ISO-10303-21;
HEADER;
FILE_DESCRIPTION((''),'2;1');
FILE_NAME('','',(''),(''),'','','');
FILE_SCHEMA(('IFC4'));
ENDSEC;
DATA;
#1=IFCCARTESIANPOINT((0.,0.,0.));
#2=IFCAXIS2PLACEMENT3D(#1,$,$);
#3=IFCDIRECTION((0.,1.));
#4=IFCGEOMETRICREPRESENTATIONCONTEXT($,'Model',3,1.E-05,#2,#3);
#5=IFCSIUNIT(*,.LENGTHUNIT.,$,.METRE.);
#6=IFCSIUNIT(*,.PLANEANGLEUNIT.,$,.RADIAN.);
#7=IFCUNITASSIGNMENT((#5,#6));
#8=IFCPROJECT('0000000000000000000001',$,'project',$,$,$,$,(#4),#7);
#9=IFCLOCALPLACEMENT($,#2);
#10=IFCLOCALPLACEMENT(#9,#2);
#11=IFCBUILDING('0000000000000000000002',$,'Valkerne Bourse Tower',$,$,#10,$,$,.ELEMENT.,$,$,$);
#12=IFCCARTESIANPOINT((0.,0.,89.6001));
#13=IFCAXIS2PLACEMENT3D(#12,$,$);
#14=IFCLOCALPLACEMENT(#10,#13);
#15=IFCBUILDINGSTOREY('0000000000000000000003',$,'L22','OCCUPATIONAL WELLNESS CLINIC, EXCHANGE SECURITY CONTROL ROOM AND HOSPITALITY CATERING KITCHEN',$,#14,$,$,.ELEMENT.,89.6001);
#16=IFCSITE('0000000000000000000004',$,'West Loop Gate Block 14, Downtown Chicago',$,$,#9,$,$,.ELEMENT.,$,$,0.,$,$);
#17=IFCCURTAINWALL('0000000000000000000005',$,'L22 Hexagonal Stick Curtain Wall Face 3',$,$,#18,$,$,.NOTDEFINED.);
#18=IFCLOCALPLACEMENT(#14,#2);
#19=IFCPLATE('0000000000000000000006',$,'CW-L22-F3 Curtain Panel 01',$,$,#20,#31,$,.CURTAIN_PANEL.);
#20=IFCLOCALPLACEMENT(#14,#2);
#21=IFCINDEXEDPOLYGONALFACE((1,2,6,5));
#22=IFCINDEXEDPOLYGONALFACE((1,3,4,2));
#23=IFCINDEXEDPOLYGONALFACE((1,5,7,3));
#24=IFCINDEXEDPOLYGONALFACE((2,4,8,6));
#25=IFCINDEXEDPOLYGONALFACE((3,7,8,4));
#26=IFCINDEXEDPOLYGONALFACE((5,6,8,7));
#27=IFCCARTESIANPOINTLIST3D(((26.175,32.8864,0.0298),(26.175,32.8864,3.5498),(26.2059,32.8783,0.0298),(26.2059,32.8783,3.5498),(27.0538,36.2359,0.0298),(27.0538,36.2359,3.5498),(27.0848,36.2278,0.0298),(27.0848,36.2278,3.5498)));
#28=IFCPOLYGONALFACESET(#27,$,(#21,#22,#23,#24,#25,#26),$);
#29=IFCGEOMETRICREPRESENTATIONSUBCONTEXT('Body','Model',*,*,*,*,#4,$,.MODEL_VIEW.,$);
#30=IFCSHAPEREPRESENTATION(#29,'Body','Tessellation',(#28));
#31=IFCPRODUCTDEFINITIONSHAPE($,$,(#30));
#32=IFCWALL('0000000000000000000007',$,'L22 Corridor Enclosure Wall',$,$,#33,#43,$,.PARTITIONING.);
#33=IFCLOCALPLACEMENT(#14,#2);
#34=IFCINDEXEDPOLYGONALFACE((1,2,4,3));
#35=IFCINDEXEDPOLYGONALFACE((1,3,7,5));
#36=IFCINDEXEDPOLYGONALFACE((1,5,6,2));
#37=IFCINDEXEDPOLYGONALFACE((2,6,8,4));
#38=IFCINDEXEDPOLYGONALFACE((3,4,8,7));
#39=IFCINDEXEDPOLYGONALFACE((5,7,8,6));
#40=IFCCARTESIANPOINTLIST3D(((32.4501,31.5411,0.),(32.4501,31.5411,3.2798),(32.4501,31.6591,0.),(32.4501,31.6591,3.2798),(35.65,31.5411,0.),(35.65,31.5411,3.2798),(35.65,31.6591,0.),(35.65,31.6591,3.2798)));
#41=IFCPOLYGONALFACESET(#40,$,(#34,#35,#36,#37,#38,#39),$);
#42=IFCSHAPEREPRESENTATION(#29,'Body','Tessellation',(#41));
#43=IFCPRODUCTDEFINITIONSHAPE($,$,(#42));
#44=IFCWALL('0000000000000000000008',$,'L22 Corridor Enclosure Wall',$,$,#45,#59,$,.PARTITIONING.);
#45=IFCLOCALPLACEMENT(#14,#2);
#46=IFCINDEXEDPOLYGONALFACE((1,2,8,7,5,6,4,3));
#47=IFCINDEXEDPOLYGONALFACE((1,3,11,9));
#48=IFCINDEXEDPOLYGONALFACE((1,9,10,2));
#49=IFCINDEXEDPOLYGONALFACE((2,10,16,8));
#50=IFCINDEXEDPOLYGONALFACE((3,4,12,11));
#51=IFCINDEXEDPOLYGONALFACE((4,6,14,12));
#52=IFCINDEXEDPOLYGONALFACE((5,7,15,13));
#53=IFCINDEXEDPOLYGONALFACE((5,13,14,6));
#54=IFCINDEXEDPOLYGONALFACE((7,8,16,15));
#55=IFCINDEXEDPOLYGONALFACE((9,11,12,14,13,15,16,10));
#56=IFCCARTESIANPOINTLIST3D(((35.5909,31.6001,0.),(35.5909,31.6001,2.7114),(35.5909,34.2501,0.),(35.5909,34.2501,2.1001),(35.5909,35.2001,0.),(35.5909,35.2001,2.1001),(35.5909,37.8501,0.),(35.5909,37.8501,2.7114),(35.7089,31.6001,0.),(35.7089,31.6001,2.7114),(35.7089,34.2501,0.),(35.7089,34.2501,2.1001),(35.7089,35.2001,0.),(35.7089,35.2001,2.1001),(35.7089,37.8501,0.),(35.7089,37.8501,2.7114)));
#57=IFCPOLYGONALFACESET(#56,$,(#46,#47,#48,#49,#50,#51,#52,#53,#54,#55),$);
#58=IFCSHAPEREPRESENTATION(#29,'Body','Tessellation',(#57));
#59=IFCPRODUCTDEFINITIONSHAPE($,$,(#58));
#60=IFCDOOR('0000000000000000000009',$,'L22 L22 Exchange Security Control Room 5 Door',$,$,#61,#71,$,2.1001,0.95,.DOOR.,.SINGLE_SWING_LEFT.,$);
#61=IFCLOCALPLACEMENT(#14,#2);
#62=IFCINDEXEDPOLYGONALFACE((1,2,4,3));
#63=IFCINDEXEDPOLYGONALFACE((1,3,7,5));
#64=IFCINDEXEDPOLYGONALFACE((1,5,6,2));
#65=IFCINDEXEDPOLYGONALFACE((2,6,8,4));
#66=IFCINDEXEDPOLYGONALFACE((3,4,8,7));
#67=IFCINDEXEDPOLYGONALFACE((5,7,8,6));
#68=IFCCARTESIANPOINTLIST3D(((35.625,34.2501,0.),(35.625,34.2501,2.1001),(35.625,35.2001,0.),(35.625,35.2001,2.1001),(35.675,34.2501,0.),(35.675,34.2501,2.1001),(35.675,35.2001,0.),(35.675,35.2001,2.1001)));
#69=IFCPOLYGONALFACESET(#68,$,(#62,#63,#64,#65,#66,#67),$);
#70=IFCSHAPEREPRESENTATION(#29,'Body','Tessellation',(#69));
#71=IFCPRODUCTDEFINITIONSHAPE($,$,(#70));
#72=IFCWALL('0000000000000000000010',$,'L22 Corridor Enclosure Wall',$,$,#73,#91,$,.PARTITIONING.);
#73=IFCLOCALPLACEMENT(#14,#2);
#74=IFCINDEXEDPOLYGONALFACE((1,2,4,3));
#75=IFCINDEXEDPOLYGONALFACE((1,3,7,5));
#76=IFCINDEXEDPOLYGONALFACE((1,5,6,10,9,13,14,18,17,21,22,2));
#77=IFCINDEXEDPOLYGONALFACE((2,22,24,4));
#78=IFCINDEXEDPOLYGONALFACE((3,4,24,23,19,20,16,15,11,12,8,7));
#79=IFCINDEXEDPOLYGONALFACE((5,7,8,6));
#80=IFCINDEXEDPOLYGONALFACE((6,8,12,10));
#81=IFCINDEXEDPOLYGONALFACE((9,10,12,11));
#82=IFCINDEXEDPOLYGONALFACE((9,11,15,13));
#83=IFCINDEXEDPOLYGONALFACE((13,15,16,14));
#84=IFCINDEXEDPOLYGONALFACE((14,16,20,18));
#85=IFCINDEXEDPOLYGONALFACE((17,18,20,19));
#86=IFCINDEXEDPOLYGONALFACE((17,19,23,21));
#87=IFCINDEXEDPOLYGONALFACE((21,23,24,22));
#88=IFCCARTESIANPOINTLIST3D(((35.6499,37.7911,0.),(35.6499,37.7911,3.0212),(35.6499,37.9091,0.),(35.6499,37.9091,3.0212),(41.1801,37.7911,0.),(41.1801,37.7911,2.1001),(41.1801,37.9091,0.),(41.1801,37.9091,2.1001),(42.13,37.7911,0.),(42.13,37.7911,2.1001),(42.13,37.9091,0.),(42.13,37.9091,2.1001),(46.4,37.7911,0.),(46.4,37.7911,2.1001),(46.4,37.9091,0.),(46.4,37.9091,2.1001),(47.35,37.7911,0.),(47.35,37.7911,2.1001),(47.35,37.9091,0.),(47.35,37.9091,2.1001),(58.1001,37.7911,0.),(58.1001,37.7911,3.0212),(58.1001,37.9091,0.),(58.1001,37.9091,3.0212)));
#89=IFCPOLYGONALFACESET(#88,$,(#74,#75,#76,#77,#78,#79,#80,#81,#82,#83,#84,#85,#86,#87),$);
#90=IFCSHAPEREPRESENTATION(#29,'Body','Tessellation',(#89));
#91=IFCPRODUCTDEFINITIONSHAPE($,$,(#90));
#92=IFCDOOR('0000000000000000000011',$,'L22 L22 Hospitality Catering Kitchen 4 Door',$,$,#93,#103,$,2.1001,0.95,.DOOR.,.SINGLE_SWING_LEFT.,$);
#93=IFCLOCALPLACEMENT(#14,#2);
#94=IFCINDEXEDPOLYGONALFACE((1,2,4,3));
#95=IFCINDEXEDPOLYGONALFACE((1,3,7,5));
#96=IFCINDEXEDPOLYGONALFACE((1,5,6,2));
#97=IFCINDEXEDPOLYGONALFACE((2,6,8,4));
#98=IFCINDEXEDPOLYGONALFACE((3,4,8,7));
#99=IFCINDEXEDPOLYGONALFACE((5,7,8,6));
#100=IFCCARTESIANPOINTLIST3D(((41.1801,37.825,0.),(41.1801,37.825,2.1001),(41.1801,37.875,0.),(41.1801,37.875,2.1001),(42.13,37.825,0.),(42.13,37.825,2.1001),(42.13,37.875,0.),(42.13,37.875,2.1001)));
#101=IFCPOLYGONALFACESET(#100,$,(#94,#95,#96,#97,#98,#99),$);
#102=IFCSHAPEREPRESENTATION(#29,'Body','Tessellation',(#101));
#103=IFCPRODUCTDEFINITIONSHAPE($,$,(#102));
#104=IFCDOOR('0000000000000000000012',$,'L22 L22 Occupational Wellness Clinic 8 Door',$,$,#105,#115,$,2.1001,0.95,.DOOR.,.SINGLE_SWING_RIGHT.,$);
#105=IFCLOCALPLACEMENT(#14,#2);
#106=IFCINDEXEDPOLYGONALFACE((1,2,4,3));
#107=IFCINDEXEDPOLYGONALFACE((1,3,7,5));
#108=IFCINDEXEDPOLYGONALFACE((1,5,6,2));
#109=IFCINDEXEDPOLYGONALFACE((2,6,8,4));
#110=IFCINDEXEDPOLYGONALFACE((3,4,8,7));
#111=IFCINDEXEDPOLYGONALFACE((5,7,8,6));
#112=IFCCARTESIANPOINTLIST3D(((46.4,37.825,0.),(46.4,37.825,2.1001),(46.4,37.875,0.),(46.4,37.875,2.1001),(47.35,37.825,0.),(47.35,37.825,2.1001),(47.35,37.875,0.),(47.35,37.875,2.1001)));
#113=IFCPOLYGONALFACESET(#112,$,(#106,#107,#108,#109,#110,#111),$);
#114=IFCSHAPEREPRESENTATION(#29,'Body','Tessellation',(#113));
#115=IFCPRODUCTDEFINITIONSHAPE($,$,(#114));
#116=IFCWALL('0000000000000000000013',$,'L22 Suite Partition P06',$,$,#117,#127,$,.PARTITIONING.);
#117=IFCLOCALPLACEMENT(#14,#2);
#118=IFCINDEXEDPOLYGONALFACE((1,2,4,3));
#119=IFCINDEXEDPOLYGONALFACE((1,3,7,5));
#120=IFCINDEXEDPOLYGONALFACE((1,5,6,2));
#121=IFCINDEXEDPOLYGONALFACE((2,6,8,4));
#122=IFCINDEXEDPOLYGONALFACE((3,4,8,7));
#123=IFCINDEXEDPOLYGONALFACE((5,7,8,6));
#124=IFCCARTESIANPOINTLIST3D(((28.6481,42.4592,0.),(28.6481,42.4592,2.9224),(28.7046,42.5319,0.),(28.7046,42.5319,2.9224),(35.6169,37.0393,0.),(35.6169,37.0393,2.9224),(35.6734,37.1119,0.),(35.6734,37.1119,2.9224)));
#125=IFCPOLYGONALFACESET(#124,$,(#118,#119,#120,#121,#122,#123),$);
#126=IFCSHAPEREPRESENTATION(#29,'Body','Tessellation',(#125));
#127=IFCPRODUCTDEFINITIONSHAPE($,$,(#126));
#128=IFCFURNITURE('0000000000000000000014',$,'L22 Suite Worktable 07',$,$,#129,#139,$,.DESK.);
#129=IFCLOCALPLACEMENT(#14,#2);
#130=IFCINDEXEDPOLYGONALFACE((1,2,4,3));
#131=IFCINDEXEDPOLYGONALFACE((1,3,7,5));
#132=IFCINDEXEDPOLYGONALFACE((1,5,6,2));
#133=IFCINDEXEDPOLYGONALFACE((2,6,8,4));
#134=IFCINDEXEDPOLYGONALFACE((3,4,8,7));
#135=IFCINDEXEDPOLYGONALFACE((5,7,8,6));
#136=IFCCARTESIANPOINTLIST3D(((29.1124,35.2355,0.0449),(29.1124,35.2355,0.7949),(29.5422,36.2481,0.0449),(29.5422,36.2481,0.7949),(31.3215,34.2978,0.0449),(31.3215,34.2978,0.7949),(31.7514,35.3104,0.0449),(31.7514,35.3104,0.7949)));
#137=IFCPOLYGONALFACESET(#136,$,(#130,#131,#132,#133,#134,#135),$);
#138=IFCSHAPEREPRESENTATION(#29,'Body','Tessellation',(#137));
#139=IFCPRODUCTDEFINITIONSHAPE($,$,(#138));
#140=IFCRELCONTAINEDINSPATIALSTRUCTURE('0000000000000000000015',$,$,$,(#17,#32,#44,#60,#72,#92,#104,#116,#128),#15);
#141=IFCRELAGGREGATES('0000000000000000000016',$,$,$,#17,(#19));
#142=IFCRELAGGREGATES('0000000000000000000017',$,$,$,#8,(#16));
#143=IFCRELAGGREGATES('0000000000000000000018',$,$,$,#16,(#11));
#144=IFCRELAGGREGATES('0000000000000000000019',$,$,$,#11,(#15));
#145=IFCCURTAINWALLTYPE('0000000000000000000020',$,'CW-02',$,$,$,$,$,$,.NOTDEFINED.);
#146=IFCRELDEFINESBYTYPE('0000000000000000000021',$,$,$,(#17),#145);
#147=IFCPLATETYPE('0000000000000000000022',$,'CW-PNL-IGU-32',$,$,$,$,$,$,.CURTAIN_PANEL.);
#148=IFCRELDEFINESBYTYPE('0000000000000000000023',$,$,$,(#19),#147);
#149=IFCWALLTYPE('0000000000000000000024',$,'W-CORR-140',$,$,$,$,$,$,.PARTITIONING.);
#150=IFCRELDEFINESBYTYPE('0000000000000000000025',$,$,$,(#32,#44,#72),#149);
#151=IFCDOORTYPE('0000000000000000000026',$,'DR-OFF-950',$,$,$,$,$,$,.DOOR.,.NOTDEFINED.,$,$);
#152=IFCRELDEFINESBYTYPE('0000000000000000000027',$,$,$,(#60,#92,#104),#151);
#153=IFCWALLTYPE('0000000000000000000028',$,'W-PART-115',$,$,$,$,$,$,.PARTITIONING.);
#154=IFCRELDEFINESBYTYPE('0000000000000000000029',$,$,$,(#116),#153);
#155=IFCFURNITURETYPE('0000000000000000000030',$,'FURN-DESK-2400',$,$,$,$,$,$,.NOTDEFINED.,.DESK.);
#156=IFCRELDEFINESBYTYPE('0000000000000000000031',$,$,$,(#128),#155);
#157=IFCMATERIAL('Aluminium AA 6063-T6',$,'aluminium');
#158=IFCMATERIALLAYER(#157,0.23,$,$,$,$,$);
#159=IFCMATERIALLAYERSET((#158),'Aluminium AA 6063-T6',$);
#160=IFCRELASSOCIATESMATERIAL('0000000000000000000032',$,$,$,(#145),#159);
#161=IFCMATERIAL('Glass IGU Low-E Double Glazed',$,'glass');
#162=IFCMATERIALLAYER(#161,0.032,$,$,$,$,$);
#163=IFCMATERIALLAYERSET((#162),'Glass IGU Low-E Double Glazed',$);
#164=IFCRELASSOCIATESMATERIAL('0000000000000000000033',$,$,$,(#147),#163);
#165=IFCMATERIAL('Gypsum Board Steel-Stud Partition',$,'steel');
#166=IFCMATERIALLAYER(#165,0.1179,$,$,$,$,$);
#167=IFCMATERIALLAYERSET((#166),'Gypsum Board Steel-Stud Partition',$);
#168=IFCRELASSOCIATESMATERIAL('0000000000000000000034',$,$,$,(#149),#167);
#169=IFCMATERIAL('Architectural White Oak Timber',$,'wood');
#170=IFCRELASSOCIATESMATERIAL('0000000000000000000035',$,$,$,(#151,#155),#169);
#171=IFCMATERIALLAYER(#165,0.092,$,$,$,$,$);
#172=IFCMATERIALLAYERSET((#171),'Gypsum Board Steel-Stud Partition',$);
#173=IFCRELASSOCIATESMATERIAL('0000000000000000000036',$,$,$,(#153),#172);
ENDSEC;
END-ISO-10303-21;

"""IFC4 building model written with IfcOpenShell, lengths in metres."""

from ifc_helpers import new_model, si_unit, direction, frame, frame_2d, origin, origin_2d, place, context, subcontext, project, spatial, rectangle, extrude, material, layer, layer_set, type_object, element, fill, aggregate, save


model = new_model("IFC4")

# Units and contexts
model_context = context("Model", 3, precision=1e-05, world=origin(), true_north=direction((0.0, 1.0)))
body_context = subcontext(model_context, "Body", "Model", "MODEL_VIEW")
ifc_project = project(units=[si_unit("LENGTHUNIT", "METRE"), si_unit("PLANEANGLEUNIT", "RADIAN")], contexts=[model_context])

# Site, building, storey
site_placement = place(None, origin())
site = spatial("IfcSite", under=ifc_project, at=site_placement, Name="West Loop Gate Block 14, Downtown Chicago", CompositionType="ELEMENT", RefElevation=0.0)
building_placement = place(site_placement, origin())
building = spatial("IfcBuilding", under=site, at=building_placement, Name="Valkerne Bourse Tower", CompositionType="ELEMENT")
storey_placement = place(building_placement, frame((0.0, 0.0, 89.6001)))
storey = spatial("IfcBuildingStorey", under=building, at=storey_placement, Name="L22", Description="OCCUPATIONAL WELLNESS CLINIC, EXCHANGE SECURITY CONTROL ROOM AND HOSPITALITY CATERING KITCHEN", CompositionType="ELEMENT", Elevation=89.6001)

# Curtain wall
ifc_material_1 = material(Name="Aluminium AA 6063-T6", Category="aluminium")
ifc_layer_1 = layer(ifc_material_1, 0.23)
ifc_layer_set_1 = layer_set([ifc_layer_1], Name="Aluminium AA 6063-T6")
curtain_wall_type = type_object("IfcCurtainWallType", Name="CW-02", PredefinedType="NOTDEFINED", material=ifc_layer_set_1)
curtain_wall_placement = place(storey_placement, origin())
curtain_wall = element("IfcCurtainWall", 1, at=curtain_wall_placement, inside=storey, type_object=curtain_wall_type, Name="L22 Hexagonal Stick Curtain Wall Face 3", PredefinedType="NOTDEFINED")

# Plate
ifc_material_2 = material(Name="Glass IGU Low-E Double Glazed", Category="glass")
ifc_layer_2 = layer(ifc_material_2, 0.032)
ifc_layer_set_2 = layer_set([ifc_layer_2], Name="Glass IGU Low-E Double Glazed")
plate_type = type_object("IfcPlateType", Name="CW-PNL-IGU-32", PredefinedType="CURTAIN_PANEL", material=ifc_layer_set_2)
plate_1_placement = place(storey_placement, frame((26.6299, 34.5571, 0.0298), z_axis=(0.0, 0.0, 1.0), x_axis=(-0.253777, -0.967263, 0.0)))
plate_1 = element("IfcPlate", 2, at=plate_1_placement, type_object=plate_type, Name="CW-L22-F3 Curtain Panel 01", PredefinedType="CURTAIN_PANEL", context=body_context, shape_type="SweptSolid", body=[
    extrude(rectangle(XDim=3.4629, YDim=0.032, at=origin_2d()), origin(), (0.0, 0.0, 1.0), 3.52),
])
aggregate(curtain_wall, [plate_1])

# Wall
ifc_material_3 = material(Name="Gypsum Board Steel-Stud Partition", Category="steel")
ifc_layer_3 = layer(ifc_material_3, 0.1179)
ifc_layer_set_3 = layer_set([ifc_layer_3], Name="Gypsum Board Steel-Stud Partition")
wall_type_1 = type_object("IfcWallType", Name="W-CORR-140", PredefinedType="PARTITIONING", material=ifc_layer_set_3)
wall_1_placement = place(storey_placement, frame((32.45, 31.6001, 0.0), z_axis=(0.0, 0.0, 1.0), x_axis=(1.0, 0.0, 0.0)))
element("IfcWall", 3, at=wall_1_placement, inside=storey, type_object=wall_type_1, Name="L22 Corridor Enclosure Wall", PredefinedType="PARTITIONING", context=body_context, shape_type="SweptSolid", body=[
    extrude(rectangle(XDim=3.2, YDim=0.1179, at=frame_2d((1.6001, 0.0))), origin(), (0.0, 0.0, 1.0), 3.2798),
])

# Wall, opening, door
wall_2_placement = place(storey_placement, frame((35.6499, 31.6001, 0.0), z_axis=(0.0, 0.0, 1.0), x_axis=(0.0, 1.0, 0.0)))
wall_2 = element("IfcWall", 4, at=wall_2_placement, inside=storey, type_object=wall_type_1, Name="L22 Corridor Enclosure Wall", PredefinedType="PARTITIONING", context=body_context, shape_type="SweptSolid", body=[
    extrude(rectangle(XDim=6.25, YDim=0.1179, at=frame_2d((3.125, 0.0))), origin(), (0.0, 0.0, 1.0), 2.7114),
])
opening_1_placement = place(wall_2_placement, frame((2.6499, 0.0, 0.0)))
opening_1 = element("IfcOpeningElement", 5, at=opening_1_placement, cuts=wall_2, PredefinedType="OPENING", context=body_context, shape_type="SweptSolid", body=[
    extrude(rectangle(XDim=0.95, YDim=2.1001, at=frame_2d((0.4751, 1.05))), frame((0.0, 0.0688, 0.0), z_axis=(0.0, -1.0, 0.0), x_axis=(1.0, 0.0, 0.0)), (0.0, 0.0, 1.0), 0.1379),
])
ifc_material_4 = material(Name="Architectural White Oak Timber", Category="wood")
door_type_1 = type_object("IfcDoorType", Name="DR-OFF-950", OperationType="NOTDEFINED", PredefinedType="DOOR", material=ifc_material_4)
door_1_placement = place(opening_1_placement, origin())
door_1 = element("IfcDoor", 6, at=door_1_placement, inside=storey, type_object=door_type_1, Name="L22 L22 Exchange Security Control Room 5 Door", OperationType="SINGLE_SWING_LEFT", OverallHeight=2.1001, OverallWidth=0.95, PredefinedType="DOOR", context=body_context, shape_type="SweptSolid", body=[
    extrude(rectangle(XDim=0.95, YDim=2.1001, at=frame_2d((0.4751, 1.05))), frame((0.0, 0.0249, 0.0), z_axis=(0.0, -1.0, 0.0), x_axis=(1.0, 0.0, 0.0)), (0.0, 0.0, 1.0), 0.05),
])
fill(opening_1, door_1)

# Wall, openings, doors
wall_3_placement = place(storey_placement, frame((35.6499, 37.8501, 0.0), z_axis=(0.0, 0.0, 1.0), x_axis=(1.0, 0.0, 0.0)))
wall_3 = element("IfcWall", 7, at=wall_3_placement, inside=storey, type_object=wall_type_1, Name="L22 Corridor Enclosure Wall", PredefinedType="PARTITIONING", context=body_context, shape_type="SweptSolid", body=[
    extrude(rectangle(XDim=22.4502, YDim=0.1179, at=frame_2d((11.2251, 0.0))), origin(), (0.0, 0.0, 1.0), 3.0212),
])
opening_2_placement = place(wall_3_placement, frame((5.53, 0.0, 0.0)))
opening_2 = element("IfcOpeningElement", 8, at=opening_2_placement, cuts=wall_3, PredefinedType="OPENING", context=body_context, shape_type="SweptSolid", body=[
    extrude(rectangle(XDim=0.95, YDim=2.1001, at=frame_2d((0.4751, 1.05))), frame((0.0, 0.0688, 0.0), z_axis=(0.0, -1.0, 0.0), x_axis=(1.0, 0.0, 0.0)), (0.0, 0.0, 1.0), 0.1379),
])
opening_3_placement = place(wall_3_placement, frame((10.75, 0.0, 0.0)))
opening_3 = element("IfcOpeningElement", 9, at=opening_3_placement, cuts=wall_3, PredefinedType="OPENING", context=body_context, shape_type="SweptSolid", body=[
    extrude(rectangle(XDim=0.95, YDim=2.1001, at=frame_2d((0.4751, 1.05))), frame((0.0, 0.0688, 0.0), z_axis=(0.0, -1.0, 0.0), x_axis=(1.0, 0.0, 0.0)), (0.0, 0.0, 1.0), 0.1379),
])
door_2_placement = place(opening_2_placement, origin())
door_2 = element("IfcDoor", 10, at=door_2_placement, inside=storey, type_object=door_type_1, Name="L22 L22 Hospitality Catering Kitchen 4 Door", OperationType="SINGLE_SWING_LEFT", OverallHeight=2.1001, OverallWidth=0.95, PredefinedType="DOOR", context=body_context, shape_type="SweptSolid", body=[
    extrude(rectangle(XDim=0.95, YDim=2.1001, at=frame_2d((0.4751, 1.05))), frame((0.0, 0.0249, 0.0), z_axis=(0.0, -1.0, 0.0), x_axis=(1.0, 0.0, 0.0)), (0.0, 0.0, 1.0), 0.05),
])
fill(opening_2, door_2)
door_3_placement = place(opening_3_placement, origin())
door_3 = element("IfcDoor", 11, at=door_3_placement, inside=storey, type_object=door_type_1, Name="L22 L22 Occupational Wellness Clinic 8 Door", OperationType="SINGLE_SWING_RIGHT", OverallHeight=2.1001, OverallWidth=0.95, PredefinedType="DOOR", context=body_context, shape_type="SweptSolid", body=[
    extrude(rectangle(XDim=0.95, YDim=2.1001, at=frame_2d((0.4751, 1.05))), frame((0.0, 0.0249, 0.0), z_axis=(0.0, -1.0, 0.0), x_axis=(1.0, 0.0, 0.0)), (0.0, 0.0, 1.0), 0.05),
])
fill(opening_3, door_3)

# Wall
ifc_layer_4 = layer(ifc_material_3, 0.092)
ifc_layer_set_4 = layer_set([ifc_layer_4], Name="Gypsum Board Steel-Stud Partition")
wall_type_2 = type_object("IfcWallType", Name="W-PART-115", PredefinedType="PARTITIONING", material=ifc_layer_set_4)
wall_4_placement = place(storey_placement, frame((35.645, 37.0757, 0.0), z_axis=(0.0, 0.0, 1.0), x_axis=(-0.789364, 0.613925, 0.0)))
element("IfcWall", 12, at=wall_4_placement, inside=storey, type_object=wall_type_2, Name="L22 Suite Partition P06", PredefinedType="PARTITIONING", context=body_context, shape_type="SweptSolid", body=[
    extrude(rectangle(XDim=8.8284, YDim=0.092, at=frame_2d((4.4141, 0.0))), origin(), (0.0, 0.0, 1.0), 2.9224),
])

# Furniture
furniture_type = type_object("IfcFurnitureType", Name="FURN-DESK-2400", AssemblyPlace="NOTDEFINED", PredefinedType="DESK", material=ifc_material_4)
furniture_placement = place(storey_placement, frame((30.4319, 35.2729, 0.0449), z_axis=(0.0, 0.0, 1.0), x_axis=(-0.920505, 0.390731, 0.0)))
element("IfcFurniture", 13, at=furniture_placement, inside=storey, type_object=furniture_type, Name="L22 Suite Worktable 07", PredefinedType="DESK", context=body_context, shape_type="SweptSolid", body=[
    extrude(rectangle(XDim=2.3999, YDim=1.1001, at=origin_2d()), origin(), (0.0, 0.0, 1.0), 0.75),
])

save(model, "model.ifc")
